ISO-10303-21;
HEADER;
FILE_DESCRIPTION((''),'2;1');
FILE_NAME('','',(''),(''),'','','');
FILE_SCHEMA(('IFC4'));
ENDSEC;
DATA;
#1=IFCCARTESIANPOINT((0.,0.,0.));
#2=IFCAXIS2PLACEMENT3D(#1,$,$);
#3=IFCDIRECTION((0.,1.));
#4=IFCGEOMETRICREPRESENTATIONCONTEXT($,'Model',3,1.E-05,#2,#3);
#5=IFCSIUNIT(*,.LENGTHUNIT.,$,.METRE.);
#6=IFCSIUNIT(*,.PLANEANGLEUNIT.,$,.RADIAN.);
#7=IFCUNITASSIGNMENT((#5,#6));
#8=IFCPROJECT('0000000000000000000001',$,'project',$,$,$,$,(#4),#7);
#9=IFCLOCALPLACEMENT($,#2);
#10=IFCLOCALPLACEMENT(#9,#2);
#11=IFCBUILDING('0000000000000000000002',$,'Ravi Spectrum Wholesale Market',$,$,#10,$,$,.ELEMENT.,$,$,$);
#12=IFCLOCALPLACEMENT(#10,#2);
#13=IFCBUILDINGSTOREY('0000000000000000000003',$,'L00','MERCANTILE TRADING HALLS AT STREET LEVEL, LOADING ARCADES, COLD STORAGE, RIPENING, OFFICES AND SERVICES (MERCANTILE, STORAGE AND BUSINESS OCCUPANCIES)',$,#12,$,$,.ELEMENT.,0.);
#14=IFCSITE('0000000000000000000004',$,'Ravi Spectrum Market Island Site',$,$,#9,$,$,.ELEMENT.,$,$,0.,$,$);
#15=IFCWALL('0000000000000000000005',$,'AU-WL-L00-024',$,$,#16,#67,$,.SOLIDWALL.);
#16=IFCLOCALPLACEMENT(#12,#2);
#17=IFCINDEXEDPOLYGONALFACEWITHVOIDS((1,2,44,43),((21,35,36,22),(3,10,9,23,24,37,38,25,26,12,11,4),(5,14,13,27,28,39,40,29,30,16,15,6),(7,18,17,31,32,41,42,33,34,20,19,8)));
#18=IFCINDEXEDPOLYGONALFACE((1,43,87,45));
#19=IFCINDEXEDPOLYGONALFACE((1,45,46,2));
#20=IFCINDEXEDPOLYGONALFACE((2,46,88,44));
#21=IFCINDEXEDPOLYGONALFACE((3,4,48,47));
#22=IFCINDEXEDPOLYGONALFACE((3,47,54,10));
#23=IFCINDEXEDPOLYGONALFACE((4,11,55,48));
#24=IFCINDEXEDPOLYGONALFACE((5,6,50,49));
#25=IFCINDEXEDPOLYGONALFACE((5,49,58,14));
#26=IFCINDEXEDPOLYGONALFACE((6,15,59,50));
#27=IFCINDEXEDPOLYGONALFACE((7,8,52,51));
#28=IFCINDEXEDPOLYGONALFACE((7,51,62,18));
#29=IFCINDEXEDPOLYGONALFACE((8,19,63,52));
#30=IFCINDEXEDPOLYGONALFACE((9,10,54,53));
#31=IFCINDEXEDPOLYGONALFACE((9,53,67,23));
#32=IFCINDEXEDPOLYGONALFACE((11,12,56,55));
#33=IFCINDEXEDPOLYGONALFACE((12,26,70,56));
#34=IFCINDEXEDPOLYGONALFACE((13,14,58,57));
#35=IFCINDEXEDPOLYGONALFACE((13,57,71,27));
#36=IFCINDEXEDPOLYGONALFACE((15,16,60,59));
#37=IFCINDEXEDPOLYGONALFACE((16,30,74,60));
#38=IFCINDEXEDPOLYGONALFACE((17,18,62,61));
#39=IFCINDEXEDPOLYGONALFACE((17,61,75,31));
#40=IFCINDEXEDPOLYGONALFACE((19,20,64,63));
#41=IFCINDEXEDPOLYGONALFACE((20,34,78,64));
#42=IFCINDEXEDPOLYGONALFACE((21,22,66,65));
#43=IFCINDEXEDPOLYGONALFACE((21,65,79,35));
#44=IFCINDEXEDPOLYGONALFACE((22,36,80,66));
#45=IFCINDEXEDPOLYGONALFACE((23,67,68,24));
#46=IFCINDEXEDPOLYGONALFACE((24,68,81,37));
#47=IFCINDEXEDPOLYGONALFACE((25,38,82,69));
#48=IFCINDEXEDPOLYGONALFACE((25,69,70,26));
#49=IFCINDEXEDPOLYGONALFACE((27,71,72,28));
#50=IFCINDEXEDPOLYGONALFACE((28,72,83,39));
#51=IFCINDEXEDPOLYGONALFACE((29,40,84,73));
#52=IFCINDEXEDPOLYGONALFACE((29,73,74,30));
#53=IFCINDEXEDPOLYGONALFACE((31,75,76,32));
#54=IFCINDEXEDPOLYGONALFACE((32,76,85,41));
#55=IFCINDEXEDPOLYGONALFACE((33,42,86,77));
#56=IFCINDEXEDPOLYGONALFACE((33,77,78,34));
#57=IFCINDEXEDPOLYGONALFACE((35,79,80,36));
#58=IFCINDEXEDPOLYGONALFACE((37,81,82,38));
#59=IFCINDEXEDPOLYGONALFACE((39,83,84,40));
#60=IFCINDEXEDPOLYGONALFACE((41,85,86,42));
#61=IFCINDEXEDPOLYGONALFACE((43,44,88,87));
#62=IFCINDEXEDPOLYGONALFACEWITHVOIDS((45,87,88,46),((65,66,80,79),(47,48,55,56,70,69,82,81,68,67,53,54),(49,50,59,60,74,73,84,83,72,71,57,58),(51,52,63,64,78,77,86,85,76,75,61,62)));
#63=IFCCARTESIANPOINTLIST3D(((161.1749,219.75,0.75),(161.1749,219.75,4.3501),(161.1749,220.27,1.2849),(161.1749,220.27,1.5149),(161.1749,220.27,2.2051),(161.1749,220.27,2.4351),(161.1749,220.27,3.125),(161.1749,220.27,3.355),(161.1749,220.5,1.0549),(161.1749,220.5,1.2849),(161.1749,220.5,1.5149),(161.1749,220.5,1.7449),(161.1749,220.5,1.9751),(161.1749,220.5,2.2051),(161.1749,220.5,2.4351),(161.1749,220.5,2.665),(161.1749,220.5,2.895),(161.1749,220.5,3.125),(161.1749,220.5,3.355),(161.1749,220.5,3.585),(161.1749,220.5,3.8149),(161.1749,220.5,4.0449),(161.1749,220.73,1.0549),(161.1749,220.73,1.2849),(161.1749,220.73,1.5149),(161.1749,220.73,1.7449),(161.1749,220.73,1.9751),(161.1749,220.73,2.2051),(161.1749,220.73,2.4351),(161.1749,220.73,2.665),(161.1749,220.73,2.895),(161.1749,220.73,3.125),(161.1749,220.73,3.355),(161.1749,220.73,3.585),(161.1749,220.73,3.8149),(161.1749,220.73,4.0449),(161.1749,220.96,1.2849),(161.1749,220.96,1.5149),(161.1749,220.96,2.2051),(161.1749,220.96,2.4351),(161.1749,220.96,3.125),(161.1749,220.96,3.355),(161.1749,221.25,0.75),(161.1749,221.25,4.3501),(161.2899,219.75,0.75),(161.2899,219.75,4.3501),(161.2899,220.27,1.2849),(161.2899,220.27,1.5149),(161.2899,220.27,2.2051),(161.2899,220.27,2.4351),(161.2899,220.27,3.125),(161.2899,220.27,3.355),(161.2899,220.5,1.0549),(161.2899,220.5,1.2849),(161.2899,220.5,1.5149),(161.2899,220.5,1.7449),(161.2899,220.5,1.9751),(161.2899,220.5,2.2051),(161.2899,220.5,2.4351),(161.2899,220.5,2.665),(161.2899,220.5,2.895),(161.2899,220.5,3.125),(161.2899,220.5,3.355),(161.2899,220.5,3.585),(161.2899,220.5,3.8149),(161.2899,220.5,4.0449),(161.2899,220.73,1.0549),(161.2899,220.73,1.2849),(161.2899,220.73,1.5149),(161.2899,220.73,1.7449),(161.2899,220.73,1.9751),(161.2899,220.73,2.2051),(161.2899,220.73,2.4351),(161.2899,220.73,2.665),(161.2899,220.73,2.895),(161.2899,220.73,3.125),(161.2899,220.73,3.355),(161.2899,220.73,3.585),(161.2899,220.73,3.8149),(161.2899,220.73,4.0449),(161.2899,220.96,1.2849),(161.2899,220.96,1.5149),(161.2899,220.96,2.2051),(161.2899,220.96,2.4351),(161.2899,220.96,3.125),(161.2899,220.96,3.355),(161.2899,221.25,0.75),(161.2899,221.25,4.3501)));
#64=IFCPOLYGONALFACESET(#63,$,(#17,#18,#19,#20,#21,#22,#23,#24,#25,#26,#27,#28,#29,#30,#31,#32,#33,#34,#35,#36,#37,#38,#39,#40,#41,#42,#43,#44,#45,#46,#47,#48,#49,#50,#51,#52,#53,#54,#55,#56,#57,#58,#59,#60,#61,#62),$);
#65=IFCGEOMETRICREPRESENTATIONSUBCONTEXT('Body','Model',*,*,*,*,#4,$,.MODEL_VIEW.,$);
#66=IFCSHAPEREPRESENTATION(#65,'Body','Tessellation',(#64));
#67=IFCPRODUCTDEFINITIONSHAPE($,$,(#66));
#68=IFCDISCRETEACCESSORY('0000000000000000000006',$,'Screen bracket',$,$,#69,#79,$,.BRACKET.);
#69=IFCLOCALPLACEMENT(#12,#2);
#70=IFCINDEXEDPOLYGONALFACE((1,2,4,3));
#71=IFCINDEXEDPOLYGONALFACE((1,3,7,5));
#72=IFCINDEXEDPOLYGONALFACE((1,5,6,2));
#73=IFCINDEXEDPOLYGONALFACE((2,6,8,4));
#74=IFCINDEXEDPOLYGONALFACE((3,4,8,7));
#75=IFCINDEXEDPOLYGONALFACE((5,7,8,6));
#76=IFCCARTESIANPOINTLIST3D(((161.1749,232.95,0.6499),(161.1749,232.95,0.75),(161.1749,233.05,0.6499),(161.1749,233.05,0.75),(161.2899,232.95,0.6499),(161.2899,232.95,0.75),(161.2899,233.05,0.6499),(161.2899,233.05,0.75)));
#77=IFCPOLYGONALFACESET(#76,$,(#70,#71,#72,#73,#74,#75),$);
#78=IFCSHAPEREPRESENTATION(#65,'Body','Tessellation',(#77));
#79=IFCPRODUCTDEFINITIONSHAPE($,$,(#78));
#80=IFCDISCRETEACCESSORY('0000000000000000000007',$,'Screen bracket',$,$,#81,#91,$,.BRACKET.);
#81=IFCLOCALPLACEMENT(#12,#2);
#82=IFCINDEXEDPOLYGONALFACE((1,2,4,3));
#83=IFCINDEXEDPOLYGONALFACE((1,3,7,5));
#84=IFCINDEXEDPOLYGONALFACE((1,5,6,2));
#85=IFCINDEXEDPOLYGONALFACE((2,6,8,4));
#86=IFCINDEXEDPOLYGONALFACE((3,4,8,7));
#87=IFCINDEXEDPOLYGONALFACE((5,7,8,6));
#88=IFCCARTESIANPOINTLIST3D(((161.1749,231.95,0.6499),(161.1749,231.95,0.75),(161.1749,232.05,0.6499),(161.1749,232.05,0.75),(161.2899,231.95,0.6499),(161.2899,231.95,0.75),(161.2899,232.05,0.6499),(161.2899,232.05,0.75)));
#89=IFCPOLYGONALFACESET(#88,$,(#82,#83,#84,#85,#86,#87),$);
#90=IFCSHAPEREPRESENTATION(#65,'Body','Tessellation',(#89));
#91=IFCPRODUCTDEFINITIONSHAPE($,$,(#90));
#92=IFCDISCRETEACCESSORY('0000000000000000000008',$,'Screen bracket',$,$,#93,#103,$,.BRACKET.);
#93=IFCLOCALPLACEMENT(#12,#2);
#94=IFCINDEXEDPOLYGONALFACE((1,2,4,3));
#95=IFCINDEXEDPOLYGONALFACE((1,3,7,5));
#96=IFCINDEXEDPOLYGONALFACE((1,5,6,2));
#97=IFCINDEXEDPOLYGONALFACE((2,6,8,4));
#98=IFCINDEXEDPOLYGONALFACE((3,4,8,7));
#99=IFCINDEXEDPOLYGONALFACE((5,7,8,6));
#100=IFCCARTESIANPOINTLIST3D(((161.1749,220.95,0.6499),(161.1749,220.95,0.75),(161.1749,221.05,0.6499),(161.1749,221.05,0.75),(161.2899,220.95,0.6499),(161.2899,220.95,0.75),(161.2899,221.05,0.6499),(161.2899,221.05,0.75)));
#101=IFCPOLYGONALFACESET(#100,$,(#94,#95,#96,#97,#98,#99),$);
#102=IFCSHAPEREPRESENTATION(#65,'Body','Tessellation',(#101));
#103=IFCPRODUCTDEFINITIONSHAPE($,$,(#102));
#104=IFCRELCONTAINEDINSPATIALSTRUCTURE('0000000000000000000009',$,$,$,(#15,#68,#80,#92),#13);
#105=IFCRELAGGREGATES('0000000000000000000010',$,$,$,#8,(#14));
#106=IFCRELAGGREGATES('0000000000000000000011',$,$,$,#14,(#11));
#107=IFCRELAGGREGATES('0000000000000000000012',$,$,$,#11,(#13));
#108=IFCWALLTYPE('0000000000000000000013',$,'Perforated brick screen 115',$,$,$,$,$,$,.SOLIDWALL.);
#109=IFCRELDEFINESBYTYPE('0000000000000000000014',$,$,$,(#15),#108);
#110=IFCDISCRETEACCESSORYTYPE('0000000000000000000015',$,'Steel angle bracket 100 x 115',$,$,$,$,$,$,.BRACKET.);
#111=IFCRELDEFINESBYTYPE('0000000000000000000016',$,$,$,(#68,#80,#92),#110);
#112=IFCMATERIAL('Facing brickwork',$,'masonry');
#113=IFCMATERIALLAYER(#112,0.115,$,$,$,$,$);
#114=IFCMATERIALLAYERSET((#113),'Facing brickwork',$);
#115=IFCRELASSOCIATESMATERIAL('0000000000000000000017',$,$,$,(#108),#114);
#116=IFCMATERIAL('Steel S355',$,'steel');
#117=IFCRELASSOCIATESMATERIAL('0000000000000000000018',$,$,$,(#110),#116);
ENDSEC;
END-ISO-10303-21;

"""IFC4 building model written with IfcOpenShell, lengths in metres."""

from ifc_helpers import new_model, si_unit, direction, frame, frame_2d, origin, origin_2d, place, context, subcontext, project, spatial, rectangle, extrude, material, layer, layer_set, type_object, element, save


model = new_model("IFC4")

# Units and contexts
model_context = context("Model", 3, precision=1e-05, world=origin(), true_north=direction((0.0, 1.0)))
body_context = subcontext(model_context, "Body", "Model", "MODEL_VIEW")
ifc_project = project(units=[si_unit("LENGTHUNIT", "METRE"), si_unit("PLANEANGLEUNIT", "RADIAN")], contexts=[model_context])

# Site, building, storey
site_placement = place(None, origin())
site = spatial("IfcSite", under=ifc_project, at=site_placement, Name="Ravi Spectrum Market Island Site", CompositionType="ELEMENT", RefElevation=0.0)
building_placement = place(site_placement, origin())
building = spatial("IfcBuilding", under=site, at=building_placement, Name="Ravi Spectrum Wholesale Market", CompositionType="ELEMENT")
storey_placement = place(building_placement, origin())
storey = spatial("IfcBuildingStorey", under=building, at=storey_placement, Name="L00", Description="MERCANTILE TRADING HALLS AT STREET LEVEL, LOADING ARCADES, COLD STORAGE, RIPENING, OFFICES AND SERVICES (MERCANTILE, STORAGE AND BUSINESS OCCUPANCIES)", CompositionType="ELEMENT", Elevation=0.0)

# Wall, openings
ifc_material_1 = material(Name="Facing brickwork", Category="masonry")
ifc_layer = layer(ifc_material_1, 0.115)
ifc_layer_set = layer_set([ifc_layer], Name="Facing brickwork")
wall_type = type_object("IfcWallType", Name="Perforated brick screen 115", PredefinedType="SOLIDWALL", material=ifc_layer_set)
wall_1_placement = place(storey_placement, frame((161.2324, 221.25, 0.75), z_axis=(0.0, 0.0, 1.0), x_axis=(0.0, -1.0, 0.0)))
wall_1 = element("IfcWall", 1, at=wall_1_placement, inside=storey, type_object=wall_type, Name="AU-WL-L00-024", PredefinedType="SOLIDWALL", context=body_context, shape_type="SweptSolid", body=[
    extrude(rectangle(XDim=1.5, YDim=0.115, at=frame_2d((0.75, 0.0))), origin(), (0.0, 0.0, 1.0), 3.6001),
])
opening_1_placement = place(wall_1_placement, frame((0.52, 0.0, 0.3049)))
element("IfcOpeningElement", 2, at=opening_1_placement, cuts=wall_1, PredefinedType="OPENING", context=body_context, shape_type="SweptSolid", body=[
    extrude(rectangle(XDim=0.23, YDim=0.23, at=frame_2d((0.115, 0.115))), frame((0.0, 0.0674, 0.0), z_axis=(0.0, -1.0, 0.0), x_axis=(1.0, 0.0, 0.0)), (0.0, 0.0, 1.0), 0.135),
])
opening_2_placement = place(wall_1_placement, frame((0.29, 0.0, 0.5349)))
element("IfcOpeningElement", 3, at=opening_2_placement, cuts=wall_1, PredefinedType="OPENING", context=body_context, shape_type="SweptSolid", body=[
    extrude(rectangle(XDim=0.23, YDim=0.23, at=frame_2d((0.115, 0.115))), frame((0.0, 0.0674, 0.0), z_axis=(0.0, -1.0, 0.0), x_axis=(1.0, 0.0, 0.0)), (0.0, 0.0, 1.0), 0.135),
])
opening_3_placement = place(wall_1_placement, frame((0.52, 0.0, 0.5349)))
element("IfcOpeningElement", 4, at=opening_3_placement, cuts=wall_1, PredefinedType="OPENING", context=body_context, shape_type="SweptSolid", body=[
    extrude(rectangle(XDim=0.23, YDim=0.23, at=frame_2d((0.115, 0.115))), frame((0.0, 0.0674, 0.0), z_axis=(0.0, -1.0, 0.0), x_axis=(1.0, 0.0, 0.0)), (0.0, 0.0, 1.0), 0.135),
])
opening_4_placement = place(wall_1_placement, frame((0.75, 0.0, 0.5349)))
element("IfcOpeningElement", 5, at=opening_4_placement, cuts=wall_1, PredefinedType="OPENING", context=body_context, shape_type="SweptSolid", body=[
    extrude(rectangle(XDim=0.23, YDim=0.23, at=frame_2d((0.115, 0.115))), frame((0.0, 0.0674, 0.0), z_axis=(0.0, -1.0, 0.0), x_axis=(1.0, 0.0, 0.0)), (0.0, 0.0, 1.0), 0.135),
])
opening_5_placement = place(wall_1_placement, frame((0.52, 0.0, 0.7649)))
element("IfcOpeningElement", 6, at=opening_5_placement, cuts=wall_1, PredefinedType="OPENING", context=body_context, shape_type="SweptSolid", body=[
    extrude(rectangle(XDim=0.23, YDim=0.23, at=frame_2d((0.115, 0.115))), frame((0.0, 0.0674, 0.0), z_axis=(0.0, -1.0, 0.0), x_axis=(1.0, 0.0, 0.0)), (0.0, 0.0, 1.0), 0.135),
])
opening_6_placement = place(wall_1_placement, frame((0.52, 0.0, 1.2251)))
element("IfcOpeningElement", 7, at=opening_6_placement, cuts=wall_1, PredefinedType="OPENING", context=body_context, shape_type="SweptSolid", body=[
    extrude(rectangle(XDim=0.23, YDim=0.23, at=frame_2d((0.115, 0.115))), frame((0.0, 0.0674, 0.0), z_axis=(0.0, -1.0, 0.0), x_axis=(1.0, 0.0, 0.0)), (0.0, 0.0, 1.0), 0.135),
])
opening_7_placement = place(wall_1_placement, frame((0.29, 0.0, 1.4551)))
element("IfcOpeningElement", 8, at=opening_7_placement, cuts=wall_1, PredefinedType="OPENING", context=body_context, shape_type="SweptSolid", body=[
    extrude(rectangle(XDim=0.23, YDim=0.23, at=frame_2d((0.115, 0.115))), frame((0.0, 0.0674, 0.0), z_axis=(0.0, -1.0, 0.0), x_axis=(1.0, 0.0, 0.0)), (0.0, 0.0, 1.0), 0.135),
])
opening_8_placement = place(wall_1_placement, frame((0.52, 0.0, 1.4551)))
element("IfcOpeningElement", 9, at=opening_8_placement, cuts=wall_1, PredefinedType="OPENING", context=body_context, shape_type="SweptSolid", body=[
    extrude(rectangle(XDim=0.23, YDim=0.23, at=frame_2d((0.115, 0.115))), frame((0.0, 0.0674, 0.0), z_axis=(0.0, -1.0, 0.0), x_axis=(1.0, 0.0, 0.0)), (0.0, 0.0, 1.0), 0.135),
])
opening_9_placement = place(wall_1_placement, frame((0.75, 0.0, 1.4551)))
element("IfcOpeningElement", 10, at=opening_9_placement, cuts=wall_1, PredefinedType="OPENING", context=body_context, shape_type="SweptSolid", body=[
    extrude(rectangle(XDim=0.23, YDim=0.23, at=frame_2d((0.115, 0.115))), frame((0.0, 0.0674, 0.0), z_axis=(0.0, -1.0, 0.0), x_axis=(1.0, 0.0, 0.0)), (0.0, 0.0, 1.0), 0.135),
])
opening_10_placement = place(wall_1_placement, frame((0.52, 0.0, 1.6851)))
element("IfcOpeningElement", 11, at=opening_10_placement, cuts=wall_1, PredefinedType="OPENING", context=body_context, shape_type="SweptSolid", body=[
    extrude(rectangle(XDim=0.23, YDim=0.23, at=frame_2d((0.115, 0.115))), frame((0.0, 0.0674, 0.0), z_axis=(0.0, -1.0, 0.0), x_axis=(1.0, 0.0, 0.0)), (0.0, 0.0, 1.0), 0.135),
])
opening_11_placement = place(wall_1_placement, frame((0.52, 0.0, 2.145)))
element("IfcOpeningElement", 12, at=opening_11_placement, cuts=wall_1, PredefinedType="OPENING", context=body_context, shape_type="SweptSolid", body=[
    extrude(rectangle(XDim=0.23, YDim=0.23, at=frame_2d((0.115, 0.115))), frame((0.0, 0.0674, 0.0), z_axis=(0.0, -1.0, 0.0), x_axis=(1.0, 0.0, 0.0)), (0.0, 0.0, 1.0), 0.135),
])
opening_12_placement = place(wall_1_placement, frame((0.29, 0.0, 2.375)))
element("IfcOpeningElement", 13, at=opening_12_placement, cuts=wall_1, PredefinedType="OPENING", context=body_context, shape_type="SweptSolid", body=[
    extrude(rectangle(XDim=0.23, YDim=0.23, at=frame_2d((0.115, 0.115))), frame((0.0, 0.0674, 0.0), z_axis=(0.0, -1.0, 0.0), x_axis=(1.0, 0.0, 0.0)), (0.0, 0.0, 1.0), 0.135),
])
opening_13_placement = place(wall_1_placement, frame((0.52, 0.0, 2.375)))
element("IfcOpeningElement", 14, at=opening_13_placement, cuts=wall_1, PredefinedType="OPENING", context=body_context, shape_type="SweptSolid", body=[
    extrude(rectangle(XDim=0.23, YDim=0.23, at=frame_2d((0.115, 0.115))), frame((0.0, 0.0674, 0.0), z_axis=(0.0, -1.0, 0.0), x_axis=(1.0, 0.0, 0.0)), (0.0, 0.0, 1.0), 0.135),
])
opening_14_placement = place(wall_1_placement, frame((0.75, 0.0, 2.375)))
element("IfcOpeningElement", 15, at=opening_14_placement, cuts=wall_1, PredefinedType="OPENING", context=body_context, shape_type="SweptSolid", body=[
    extrude(rectangle(XDim=0.23, YDim=0.23, at=frame_2d((0.115, 0.115))), frame((0.0, 0.0674, 0.0), z_axis=(0.0, -1.0, 0.0), x_axis=(1.0, 0.0, 0.0)), (0.0, 0.0, 1.0), 0.135),
])
opening_15_placement = place(wall_1_placement, frame((0.52, 0.0, 2.605)))
element("IfcOpeningElement", 16, at=opening_15_placement, cuts=wall_1, PredefinedType="OPENING", context=body_context, shape_type="SweptSolid", body=[
    extrude(rectangle(XDim=0.23, YDim=0.23, at=frame_2d((0.115, 0.115))), frame((0.0, 0.0674, 0.0), z_axis=(0.0, -1.0, 0.0), x_axis=(1.0, 0.0, 0.0)), (0.0, 0.0, 1.0), 0.135),
])
opening_16_placement = place(wall_1_placement, frame((0.52, 0.0, 3.0649)))
element("IfcOpeningElement", 17, at=opening_16_placement, cuts=wall_1, PredefinedType="OPENING", context=body_context, shape_type="SweptSolid", body=[
    extrude(rectangle(XDim=0.23, YDim=0.23, at=frame_2d((0.115, 0.115))), frame((0.0, 0.0674, 0.0), z_axis=(0.0, -1.0, 0.0), x_axis=(1.0, 0.0, 0.0)), (0.0, 0.0, 1.0), 0.135),
])

# Discrete accessories
ifc_material_2 = material(Name="Steel S355", Category="steel")
discrete_accessory_type = type_object("IfcDiscreteAccessoryType", Name="Steel angle bracket 100 x 115", PredefinedType="BRACKET", material=ifc_material_2)
for number, where, z_axis, x_axis, name in (
    (18, (161.2324, 233.0, 0.6499), (0.0, 0.0, 1.0), (1.0, 0.0, 0.0), "Screen bracket"),
    (19, (161.2324, 232.0, 0.6499), (0.0, 0.0, 1.0), (1.0, 0.0, 0.0), "Screen bracket"),
    (20, (161.2324, 221.0, 0.6499), (0.0, 0.0, 1.0), (1.0, 0.0, 0.0), "Screen bracket"),
):
    element("IfcDiscreteAccessory", number, at=place(storey_placement, frame(where, z_axis=z_axis, x_axis=x_axis)), inside=storey, type_object=discrete_accessory_type, Name=name, PredefinedType="BRACKET", context=body_context, shape_type="SweptSolid", body=[
        extrude(rectangle(XDim=0.115, YDim=0.1001, at=origin_2d()), origin(), (0.0, 0.0, 1.0), 0.1001),
    ])

save(model, "model.ifc")
